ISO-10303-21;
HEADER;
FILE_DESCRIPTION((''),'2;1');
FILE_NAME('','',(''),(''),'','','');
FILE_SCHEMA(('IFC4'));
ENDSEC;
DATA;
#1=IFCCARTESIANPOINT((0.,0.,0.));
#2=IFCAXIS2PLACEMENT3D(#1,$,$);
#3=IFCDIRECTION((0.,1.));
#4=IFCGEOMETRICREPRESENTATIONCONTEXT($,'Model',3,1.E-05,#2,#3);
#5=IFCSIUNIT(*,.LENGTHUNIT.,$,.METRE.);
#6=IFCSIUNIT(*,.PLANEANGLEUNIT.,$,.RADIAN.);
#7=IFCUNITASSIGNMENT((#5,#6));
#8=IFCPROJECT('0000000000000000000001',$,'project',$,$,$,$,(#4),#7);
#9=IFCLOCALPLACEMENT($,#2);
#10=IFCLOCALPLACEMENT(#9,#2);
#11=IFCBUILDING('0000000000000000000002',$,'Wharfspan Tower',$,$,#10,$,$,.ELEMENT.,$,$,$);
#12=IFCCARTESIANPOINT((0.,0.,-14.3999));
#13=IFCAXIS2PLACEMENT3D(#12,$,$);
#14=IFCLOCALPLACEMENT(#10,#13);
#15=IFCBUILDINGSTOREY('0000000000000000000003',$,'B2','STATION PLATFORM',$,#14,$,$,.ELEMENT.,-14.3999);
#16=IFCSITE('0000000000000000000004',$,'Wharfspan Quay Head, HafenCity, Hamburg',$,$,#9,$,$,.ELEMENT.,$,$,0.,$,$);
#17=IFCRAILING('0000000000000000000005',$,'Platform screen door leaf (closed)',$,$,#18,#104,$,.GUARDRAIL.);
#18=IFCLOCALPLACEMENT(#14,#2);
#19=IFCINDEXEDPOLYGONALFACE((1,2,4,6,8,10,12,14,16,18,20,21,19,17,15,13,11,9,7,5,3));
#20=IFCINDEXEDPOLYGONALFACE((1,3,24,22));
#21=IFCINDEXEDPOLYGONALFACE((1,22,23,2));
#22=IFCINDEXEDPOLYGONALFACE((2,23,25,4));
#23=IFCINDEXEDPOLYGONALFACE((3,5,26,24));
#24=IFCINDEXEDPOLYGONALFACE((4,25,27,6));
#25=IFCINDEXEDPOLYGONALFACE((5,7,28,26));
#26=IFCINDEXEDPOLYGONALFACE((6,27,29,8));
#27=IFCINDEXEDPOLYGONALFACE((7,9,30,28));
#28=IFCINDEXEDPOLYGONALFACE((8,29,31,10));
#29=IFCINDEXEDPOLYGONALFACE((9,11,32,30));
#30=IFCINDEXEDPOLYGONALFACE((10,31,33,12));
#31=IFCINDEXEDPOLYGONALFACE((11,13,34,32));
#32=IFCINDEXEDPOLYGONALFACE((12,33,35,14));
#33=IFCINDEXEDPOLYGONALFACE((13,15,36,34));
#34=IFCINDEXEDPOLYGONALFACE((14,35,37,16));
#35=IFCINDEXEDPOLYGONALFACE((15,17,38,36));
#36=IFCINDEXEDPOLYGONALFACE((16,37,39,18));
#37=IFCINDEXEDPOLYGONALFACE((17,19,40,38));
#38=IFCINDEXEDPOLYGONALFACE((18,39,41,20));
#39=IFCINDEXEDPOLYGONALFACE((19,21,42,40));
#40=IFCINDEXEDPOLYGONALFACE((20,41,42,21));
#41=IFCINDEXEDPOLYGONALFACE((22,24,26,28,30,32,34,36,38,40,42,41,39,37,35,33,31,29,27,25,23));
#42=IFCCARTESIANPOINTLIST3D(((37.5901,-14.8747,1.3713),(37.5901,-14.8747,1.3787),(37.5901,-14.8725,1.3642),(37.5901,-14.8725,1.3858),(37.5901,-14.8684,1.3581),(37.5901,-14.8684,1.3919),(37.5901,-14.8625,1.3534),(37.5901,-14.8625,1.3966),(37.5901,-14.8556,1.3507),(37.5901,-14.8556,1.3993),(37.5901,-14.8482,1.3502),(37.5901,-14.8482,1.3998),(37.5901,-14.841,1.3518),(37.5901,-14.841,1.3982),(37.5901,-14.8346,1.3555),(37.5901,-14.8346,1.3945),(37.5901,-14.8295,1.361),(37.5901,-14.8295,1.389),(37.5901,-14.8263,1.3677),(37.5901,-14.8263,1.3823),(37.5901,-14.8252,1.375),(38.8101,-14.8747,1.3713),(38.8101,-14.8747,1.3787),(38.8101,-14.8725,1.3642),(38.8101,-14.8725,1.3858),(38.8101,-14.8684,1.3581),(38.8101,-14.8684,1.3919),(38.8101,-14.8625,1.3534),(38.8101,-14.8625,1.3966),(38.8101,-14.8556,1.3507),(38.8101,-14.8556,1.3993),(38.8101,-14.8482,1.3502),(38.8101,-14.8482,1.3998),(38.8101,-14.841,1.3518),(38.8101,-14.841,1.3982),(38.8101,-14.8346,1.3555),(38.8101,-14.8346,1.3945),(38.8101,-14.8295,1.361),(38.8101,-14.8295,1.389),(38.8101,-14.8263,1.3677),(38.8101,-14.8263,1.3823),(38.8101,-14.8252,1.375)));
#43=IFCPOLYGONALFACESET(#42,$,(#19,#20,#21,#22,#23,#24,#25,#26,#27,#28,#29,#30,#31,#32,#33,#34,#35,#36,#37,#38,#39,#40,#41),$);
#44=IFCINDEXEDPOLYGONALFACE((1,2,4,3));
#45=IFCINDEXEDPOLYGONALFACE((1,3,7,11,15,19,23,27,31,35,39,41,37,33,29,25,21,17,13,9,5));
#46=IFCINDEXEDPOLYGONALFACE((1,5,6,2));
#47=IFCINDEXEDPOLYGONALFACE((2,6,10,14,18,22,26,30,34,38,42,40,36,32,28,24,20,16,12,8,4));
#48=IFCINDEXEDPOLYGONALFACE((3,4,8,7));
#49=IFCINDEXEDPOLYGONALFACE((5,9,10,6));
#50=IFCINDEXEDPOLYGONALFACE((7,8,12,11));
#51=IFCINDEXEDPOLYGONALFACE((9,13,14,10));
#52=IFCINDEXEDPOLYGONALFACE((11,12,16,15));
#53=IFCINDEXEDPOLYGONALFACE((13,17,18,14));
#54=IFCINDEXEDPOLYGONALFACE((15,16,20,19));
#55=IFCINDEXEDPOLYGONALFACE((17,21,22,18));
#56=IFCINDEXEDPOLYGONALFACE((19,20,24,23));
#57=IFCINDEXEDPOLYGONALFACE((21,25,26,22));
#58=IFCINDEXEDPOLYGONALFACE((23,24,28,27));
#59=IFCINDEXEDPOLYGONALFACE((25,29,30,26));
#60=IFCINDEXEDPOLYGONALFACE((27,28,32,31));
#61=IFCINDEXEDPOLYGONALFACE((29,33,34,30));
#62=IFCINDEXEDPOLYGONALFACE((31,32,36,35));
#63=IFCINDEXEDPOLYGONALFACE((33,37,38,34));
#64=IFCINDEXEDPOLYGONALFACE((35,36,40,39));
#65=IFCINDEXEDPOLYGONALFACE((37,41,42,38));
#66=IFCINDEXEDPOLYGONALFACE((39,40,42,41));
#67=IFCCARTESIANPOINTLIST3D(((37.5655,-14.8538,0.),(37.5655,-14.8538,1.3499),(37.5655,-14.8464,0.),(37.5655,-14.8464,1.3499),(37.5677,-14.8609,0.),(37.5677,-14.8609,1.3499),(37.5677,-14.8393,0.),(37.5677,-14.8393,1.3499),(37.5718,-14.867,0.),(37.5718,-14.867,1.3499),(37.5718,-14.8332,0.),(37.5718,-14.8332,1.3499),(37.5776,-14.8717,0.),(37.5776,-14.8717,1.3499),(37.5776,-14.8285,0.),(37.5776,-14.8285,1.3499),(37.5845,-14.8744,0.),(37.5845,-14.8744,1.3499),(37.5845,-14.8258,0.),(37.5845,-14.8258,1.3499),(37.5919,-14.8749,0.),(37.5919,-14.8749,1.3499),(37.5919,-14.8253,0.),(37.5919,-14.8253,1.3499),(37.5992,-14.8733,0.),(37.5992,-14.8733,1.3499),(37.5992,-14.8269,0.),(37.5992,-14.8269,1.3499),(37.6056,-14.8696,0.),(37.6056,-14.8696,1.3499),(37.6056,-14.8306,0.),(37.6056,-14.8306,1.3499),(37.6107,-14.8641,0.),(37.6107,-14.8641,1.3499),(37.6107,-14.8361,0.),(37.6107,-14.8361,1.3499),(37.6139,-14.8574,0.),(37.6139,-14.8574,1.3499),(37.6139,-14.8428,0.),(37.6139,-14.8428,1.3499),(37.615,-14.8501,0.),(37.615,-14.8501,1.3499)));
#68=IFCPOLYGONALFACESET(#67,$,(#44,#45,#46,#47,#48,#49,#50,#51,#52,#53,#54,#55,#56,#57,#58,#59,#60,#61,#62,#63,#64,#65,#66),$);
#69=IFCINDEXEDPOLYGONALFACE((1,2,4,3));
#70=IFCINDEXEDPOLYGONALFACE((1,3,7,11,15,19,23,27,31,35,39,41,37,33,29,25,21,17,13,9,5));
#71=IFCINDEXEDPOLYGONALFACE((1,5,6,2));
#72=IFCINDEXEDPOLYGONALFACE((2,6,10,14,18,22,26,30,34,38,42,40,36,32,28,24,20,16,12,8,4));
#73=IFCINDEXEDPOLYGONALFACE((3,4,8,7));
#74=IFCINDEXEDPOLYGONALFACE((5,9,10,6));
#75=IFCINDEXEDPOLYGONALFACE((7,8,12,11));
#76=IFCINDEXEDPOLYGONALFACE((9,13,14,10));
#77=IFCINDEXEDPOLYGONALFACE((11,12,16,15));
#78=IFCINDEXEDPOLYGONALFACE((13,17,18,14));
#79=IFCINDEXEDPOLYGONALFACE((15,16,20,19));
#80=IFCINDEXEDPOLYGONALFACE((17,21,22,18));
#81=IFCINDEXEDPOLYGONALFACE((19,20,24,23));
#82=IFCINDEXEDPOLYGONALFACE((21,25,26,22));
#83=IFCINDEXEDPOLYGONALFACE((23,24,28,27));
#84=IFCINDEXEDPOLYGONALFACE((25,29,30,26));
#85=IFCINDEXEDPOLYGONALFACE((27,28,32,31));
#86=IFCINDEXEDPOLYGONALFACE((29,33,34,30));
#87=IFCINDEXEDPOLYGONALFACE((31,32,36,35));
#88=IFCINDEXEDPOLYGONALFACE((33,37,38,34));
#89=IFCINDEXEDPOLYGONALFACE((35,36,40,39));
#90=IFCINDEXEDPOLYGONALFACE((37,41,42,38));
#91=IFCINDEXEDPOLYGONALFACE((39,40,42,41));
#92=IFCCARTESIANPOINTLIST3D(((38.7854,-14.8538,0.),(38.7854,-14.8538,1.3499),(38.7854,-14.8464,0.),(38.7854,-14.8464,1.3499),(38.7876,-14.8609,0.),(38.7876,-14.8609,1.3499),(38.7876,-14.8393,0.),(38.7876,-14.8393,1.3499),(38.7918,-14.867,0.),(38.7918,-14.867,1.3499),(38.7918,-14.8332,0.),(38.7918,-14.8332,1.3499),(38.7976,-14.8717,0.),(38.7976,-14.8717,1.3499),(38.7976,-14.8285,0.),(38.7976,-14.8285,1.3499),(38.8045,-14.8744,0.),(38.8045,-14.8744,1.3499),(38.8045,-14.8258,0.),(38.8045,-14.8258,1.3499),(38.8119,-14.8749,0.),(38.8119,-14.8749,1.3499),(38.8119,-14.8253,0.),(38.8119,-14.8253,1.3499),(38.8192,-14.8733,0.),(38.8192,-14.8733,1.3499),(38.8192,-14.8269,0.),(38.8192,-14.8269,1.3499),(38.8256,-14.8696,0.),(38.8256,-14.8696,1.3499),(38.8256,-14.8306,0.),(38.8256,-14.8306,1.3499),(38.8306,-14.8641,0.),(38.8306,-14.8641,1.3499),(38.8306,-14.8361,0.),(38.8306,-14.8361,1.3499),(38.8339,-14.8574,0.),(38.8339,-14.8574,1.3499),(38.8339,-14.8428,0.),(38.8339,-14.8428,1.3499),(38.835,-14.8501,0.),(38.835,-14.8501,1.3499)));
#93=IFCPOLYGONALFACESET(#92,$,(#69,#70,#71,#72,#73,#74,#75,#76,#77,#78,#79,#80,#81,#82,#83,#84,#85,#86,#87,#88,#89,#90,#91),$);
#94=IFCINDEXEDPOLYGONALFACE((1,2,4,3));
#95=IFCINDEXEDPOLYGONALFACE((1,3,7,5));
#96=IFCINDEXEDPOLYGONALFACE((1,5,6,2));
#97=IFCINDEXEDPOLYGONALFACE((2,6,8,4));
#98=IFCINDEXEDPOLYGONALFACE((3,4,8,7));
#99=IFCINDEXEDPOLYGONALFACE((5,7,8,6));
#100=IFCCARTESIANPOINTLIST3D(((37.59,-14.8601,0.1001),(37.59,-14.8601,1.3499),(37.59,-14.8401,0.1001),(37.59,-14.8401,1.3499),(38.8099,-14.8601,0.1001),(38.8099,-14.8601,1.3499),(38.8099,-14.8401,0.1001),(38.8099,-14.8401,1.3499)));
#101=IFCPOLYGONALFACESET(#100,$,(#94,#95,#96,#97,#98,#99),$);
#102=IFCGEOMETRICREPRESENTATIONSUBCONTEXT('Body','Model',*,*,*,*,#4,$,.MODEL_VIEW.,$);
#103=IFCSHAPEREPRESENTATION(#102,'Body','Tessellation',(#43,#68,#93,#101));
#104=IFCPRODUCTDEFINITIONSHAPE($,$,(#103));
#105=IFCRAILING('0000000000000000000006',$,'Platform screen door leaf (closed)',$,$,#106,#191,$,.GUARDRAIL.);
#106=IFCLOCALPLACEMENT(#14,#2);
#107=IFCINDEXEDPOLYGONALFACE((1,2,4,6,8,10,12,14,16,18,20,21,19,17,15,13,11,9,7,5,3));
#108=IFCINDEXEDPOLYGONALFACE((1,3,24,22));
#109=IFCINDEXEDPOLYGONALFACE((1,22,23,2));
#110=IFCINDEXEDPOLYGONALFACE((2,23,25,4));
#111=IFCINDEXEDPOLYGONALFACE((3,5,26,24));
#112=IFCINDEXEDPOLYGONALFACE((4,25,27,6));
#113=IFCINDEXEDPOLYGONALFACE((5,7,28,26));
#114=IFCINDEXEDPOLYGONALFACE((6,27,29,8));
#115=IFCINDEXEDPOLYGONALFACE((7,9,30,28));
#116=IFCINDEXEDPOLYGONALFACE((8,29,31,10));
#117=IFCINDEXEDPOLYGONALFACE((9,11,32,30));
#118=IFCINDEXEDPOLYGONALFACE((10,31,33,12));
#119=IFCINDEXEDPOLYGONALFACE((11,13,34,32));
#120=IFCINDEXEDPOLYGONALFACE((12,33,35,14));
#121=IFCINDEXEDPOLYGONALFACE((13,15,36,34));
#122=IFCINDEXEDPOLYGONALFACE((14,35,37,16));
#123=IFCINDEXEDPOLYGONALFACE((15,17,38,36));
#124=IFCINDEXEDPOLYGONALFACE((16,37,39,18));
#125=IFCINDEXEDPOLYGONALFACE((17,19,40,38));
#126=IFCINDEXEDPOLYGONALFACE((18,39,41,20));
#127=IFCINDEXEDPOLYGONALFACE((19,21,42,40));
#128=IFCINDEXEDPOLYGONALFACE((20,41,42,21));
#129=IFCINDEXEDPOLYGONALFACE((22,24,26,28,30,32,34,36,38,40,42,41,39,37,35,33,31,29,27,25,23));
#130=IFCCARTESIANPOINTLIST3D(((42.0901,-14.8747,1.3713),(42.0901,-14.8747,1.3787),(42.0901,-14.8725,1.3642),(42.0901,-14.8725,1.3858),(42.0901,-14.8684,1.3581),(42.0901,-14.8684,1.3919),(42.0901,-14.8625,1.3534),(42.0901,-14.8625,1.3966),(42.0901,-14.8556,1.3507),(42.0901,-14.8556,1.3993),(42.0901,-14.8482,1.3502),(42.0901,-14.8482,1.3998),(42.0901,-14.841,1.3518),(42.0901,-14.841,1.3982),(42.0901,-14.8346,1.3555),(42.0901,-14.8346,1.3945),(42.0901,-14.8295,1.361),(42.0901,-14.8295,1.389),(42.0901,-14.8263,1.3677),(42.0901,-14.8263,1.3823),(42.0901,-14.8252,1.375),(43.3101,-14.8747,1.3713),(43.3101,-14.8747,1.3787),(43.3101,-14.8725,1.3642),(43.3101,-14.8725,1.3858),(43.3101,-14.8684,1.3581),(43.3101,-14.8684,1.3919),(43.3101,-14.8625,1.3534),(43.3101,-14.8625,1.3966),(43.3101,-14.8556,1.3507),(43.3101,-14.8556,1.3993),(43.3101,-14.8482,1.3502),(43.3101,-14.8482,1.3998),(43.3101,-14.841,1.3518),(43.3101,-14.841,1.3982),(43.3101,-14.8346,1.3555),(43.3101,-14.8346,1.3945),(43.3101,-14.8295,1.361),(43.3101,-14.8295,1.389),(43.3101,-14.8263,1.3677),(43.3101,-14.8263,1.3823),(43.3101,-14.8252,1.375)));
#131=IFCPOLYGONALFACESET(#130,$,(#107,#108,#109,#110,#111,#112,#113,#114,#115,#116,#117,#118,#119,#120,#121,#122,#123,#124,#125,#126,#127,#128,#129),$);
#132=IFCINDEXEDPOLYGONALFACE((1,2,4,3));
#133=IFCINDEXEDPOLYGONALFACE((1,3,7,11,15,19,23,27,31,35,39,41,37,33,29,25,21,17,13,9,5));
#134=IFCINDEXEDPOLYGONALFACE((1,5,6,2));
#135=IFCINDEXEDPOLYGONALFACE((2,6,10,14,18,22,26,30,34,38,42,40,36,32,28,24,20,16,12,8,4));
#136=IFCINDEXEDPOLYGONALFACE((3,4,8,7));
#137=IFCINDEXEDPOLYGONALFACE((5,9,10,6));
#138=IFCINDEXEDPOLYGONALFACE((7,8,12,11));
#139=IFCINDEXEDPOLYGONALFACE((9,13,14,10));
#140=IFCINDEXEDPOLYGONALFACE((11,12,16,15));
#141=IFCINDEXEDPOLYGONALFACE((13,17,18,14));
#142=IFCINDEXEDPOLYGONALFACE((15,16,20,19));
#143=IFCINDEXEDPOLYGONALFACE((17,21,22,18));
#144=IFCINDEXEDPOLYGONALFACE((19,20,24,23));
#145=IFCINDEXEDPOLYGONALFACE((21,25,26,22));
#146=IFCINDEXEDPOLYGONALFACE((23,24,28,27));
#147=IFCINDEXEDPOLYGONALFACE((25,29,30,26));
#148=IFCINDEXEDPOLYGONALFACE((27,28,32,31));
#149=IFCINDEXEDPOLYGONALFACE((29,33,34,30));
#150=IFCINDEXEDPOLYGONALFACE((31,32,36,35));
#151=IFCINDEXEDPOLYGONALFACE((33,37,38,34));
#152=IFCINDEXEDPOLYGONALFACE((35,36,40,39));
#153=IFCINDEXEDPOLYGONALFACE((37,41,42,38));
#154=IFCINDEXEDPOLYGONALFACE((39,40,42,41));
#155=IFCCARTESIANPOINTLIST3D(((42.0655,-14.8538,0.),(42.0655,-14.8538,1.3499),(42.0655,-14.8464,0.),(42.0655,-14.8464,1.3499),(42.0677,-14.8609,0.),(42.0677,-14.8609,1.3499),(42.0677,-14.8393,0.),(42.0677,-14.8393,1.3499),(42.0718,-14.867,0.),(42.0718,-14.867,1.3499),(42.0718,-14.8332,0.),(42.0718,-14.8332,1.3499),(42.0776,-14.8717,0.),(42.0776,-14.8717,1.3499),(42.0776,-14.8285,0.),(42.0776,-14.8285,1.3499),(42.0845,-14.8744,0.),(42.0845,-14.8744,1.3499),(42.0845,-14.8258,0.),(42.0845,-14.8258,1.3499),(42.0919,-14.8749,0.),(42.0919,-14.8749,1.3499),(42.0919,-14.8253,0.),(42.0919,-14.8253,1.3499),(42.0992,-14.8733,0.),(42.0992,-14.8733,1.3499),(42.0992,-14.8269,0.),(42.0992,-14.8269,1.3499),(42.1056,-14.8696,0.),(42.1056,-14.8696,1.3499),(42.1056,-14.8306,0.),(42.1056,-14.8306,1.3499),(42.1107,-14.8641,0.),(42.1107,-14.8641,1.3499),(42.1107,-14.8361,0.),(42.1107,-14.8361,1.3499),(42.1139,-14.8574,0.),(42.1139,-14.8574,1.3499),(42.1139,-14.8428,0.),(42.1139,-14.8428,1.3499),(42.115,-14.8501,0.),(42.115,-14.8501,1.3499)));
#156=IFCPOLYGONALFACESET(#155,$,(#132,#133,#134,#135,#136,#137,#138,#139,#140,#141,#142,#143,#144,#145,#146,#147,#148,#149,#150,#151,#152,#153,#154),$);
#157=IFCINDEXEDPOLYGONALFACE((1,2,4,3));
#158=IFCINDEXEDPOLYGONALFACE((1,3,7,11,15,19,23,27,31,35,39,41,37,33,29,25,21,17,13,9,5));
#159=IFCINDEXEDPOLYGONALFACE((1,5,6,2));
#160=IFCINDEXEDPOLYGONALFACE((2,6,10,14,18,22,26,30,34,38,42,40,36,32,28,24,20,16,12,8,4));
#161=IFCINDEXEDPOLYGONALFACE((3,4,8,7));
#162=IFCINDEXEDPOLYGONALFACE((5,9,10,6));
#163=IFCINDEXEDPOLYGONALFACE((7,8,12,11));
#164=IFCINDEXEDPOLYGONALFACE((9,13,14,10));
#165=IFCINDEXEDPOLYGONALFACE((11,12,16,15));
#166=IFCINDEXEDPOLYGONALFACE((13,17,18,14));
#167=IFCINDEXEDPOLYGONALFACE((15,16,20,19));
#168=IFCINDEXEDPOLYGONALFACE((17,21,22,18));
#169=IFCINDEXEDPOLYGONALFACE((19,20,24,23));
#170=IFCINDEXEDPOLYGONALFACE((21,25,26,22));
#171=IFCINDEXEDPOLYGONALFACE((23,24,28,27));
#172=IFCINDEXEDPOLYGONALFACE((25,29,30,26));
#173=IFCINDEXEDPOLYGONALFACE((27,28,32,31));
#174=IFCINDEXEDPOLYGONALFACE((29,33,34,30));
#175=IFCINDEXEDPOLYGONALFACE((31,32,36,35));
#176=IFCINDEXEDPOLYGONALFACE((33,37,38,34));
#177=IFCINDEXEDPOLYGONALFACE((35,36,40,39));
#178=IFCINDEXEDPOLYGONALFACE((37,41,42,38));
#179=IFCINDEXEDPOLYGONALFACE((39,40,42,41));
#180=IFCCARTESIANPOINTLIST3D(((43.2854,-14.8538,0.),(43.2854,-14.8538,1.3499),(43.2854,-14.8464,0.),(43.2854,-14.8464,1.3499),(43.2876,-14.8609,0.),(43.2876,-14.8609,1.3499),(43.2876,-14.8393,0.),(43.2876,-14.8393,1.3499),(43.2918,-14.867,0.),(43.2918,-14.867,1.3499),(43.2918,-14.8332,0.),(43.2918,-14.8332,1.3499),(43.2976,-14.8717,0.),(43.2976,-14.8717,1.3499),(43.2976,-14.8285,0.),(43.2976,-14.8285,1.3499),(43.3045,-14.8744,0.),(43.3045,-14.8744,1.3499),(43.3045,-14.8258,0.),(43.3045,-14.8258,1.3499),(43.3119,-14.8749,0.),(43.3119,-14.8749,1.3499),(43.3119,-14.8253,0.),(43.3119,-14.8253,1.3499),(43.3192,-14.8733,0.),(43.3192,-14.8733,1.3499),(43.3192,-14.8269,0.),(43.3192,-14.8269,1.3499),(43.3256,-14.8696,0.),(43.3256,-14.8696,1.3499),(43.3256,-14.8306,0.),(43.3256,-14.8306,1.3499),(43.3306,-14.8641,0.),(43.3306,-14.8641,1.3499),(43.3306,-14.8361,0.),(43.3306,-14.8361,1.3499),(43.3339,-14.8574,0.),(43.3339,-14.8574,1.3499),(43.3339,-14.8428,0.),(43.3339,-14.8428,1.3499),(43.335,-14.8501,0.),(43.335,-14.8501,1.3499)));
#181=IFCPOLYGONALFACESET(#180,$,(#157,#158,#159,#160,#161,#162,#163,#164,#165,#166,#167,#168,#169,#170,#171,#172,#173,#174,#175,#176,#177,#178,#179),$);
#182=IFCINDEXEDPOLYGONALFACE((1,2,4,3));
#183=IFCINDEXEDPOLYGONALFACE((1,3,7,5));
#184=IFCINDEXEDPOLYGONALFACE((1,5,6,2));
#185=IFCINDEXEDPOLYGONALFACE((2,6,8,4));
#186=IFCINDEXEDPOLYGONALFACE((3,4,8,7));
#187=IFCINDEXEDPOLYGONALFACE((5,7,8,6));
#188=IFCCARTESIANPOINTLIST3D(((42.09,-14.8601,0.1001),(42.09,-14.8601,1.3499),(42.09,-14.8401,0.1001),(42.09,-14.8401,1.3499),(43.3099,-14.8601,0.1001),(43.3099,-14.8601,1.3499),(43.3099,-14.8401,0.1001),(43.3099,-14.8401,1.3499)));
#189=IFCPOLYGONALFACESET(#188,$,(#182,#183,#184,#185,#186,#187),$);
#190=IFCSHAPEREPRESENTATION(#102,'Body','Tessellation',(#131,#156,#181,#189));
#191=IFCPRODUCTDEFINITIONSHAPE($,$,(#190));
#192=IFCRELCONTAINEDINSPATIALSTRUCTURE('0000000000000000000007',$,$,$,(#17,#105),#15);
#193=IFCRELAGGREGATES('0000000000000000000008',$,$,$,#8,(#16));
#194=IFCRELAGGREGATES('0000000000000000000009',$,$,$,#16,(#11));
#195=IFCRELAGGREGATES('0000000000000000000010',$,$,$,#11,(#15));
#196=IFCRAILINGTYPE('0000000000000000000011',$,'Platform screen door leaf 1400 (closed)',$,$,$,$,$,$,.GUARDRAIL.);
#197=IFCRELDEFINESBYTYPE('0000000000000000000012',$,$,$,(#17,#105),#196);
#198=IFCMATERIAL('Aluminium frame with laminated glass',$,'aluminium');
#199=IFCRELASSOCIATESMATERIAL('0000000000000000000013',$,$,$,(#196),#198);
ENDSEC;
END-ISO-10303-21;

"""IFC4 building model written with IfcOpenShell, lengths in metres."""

from ifc_helpers import new_model, si_unit, direction, frame, origin, origin_2d, place, context, subcontext, project, spatial, rectangle, circle, extrude, material, type_object, element, save


model = new_model("IFC4")

# Units and contexts
model_context = context("Model", 3, precision=1e-05, world=origin(), true_north=direction((0.0, 1.0)))
body_context = subcontext(model_context, "Body", "Model", "MODEL_VIEW")
ifc_project = project(units=[si_unit("LENGTHUNIT", "METRE"), si_unit("PLANEANGLEUNIT", "RADIAN")], contexts=[model_context])

# Site, building, storey
site_placement = place(None, origin())
site = spatial("IfcSite", under=ifc_project, at=site_placement, Name="Wharfspan Quay Head, HafenCity, Hamburg", CompositionType="ELEMENT", RefElevation=0.0)
building_placement = place(site_placement, origin())
building = spatial("IfcBuilding", under=site, at=building_placement, Name="Wharfspan Tower", CompositionType="ELEMENT")
storey_placement = place(building_placement, frame((0.0, 0.0, -14.3999)))
storey = spatial("IfcBuildingStorey", under=building, at=storey_placement, Name="B2", Description="STATION PLATFORM", CompositionType="ELEMENT", Elevation=-14.3999)

# Railings
ifc_material_1 = material(Name="Aluminium frame with laminated glass", Category="aluminium")
railing_type_1 = type_object("IfcRailingType", Name="Platform screen door leaf 1400 (closed)", PredefinedType="GUARDRAIL", material=ifc_material_1)
for number, where, name in (
    (1, (37.5901, -14.8501, 0.0), "Platform screen door leaf (closed)"),
    (2, (42.0901, -14.8501, 0.0), "Platform screen door leaf (closed)"),
):
    element("IfcRailing", number, at=place(storey_placement, frame(where)), inside=storey, type_object=railing_type_1, Name=name, PredefinedType="GUARDRAIL", context=body_context, shape_type="SweptSolid", body=[
        extrude(circle(Radius=0.0249, at=origin_2d()), frame((0.0, 0.0, 1.375), z_axis=(1.0, 0.0, 0.0), x_axis=(0.0, 1.0, 0.0)), (0.0, 0.0, 1.0), 1.22),
        extrude(circle(Radius=0.0249, at=origin_2d()), origin(), (0.0, 0.0, 1.0), 1.3499),
        extrude(circle(Radius=0.0249, at=origin_2d()), frame((1.22, 0.0, 0.0)), (0.0, 0.0, 1.0), 1.3499),
        extrude(rectangle(XDim=1.22, YDim=0.02, at=origin_2d()), frame((0.6099, 0.0, 0.1001), z_axis=(0.0, 0.0, 1.0), x_axis=(1.0, 0.0, 0.0)), (0.0, 0.0, 1.0), 1.2498),
    ])

save(model, "model.ifc")
